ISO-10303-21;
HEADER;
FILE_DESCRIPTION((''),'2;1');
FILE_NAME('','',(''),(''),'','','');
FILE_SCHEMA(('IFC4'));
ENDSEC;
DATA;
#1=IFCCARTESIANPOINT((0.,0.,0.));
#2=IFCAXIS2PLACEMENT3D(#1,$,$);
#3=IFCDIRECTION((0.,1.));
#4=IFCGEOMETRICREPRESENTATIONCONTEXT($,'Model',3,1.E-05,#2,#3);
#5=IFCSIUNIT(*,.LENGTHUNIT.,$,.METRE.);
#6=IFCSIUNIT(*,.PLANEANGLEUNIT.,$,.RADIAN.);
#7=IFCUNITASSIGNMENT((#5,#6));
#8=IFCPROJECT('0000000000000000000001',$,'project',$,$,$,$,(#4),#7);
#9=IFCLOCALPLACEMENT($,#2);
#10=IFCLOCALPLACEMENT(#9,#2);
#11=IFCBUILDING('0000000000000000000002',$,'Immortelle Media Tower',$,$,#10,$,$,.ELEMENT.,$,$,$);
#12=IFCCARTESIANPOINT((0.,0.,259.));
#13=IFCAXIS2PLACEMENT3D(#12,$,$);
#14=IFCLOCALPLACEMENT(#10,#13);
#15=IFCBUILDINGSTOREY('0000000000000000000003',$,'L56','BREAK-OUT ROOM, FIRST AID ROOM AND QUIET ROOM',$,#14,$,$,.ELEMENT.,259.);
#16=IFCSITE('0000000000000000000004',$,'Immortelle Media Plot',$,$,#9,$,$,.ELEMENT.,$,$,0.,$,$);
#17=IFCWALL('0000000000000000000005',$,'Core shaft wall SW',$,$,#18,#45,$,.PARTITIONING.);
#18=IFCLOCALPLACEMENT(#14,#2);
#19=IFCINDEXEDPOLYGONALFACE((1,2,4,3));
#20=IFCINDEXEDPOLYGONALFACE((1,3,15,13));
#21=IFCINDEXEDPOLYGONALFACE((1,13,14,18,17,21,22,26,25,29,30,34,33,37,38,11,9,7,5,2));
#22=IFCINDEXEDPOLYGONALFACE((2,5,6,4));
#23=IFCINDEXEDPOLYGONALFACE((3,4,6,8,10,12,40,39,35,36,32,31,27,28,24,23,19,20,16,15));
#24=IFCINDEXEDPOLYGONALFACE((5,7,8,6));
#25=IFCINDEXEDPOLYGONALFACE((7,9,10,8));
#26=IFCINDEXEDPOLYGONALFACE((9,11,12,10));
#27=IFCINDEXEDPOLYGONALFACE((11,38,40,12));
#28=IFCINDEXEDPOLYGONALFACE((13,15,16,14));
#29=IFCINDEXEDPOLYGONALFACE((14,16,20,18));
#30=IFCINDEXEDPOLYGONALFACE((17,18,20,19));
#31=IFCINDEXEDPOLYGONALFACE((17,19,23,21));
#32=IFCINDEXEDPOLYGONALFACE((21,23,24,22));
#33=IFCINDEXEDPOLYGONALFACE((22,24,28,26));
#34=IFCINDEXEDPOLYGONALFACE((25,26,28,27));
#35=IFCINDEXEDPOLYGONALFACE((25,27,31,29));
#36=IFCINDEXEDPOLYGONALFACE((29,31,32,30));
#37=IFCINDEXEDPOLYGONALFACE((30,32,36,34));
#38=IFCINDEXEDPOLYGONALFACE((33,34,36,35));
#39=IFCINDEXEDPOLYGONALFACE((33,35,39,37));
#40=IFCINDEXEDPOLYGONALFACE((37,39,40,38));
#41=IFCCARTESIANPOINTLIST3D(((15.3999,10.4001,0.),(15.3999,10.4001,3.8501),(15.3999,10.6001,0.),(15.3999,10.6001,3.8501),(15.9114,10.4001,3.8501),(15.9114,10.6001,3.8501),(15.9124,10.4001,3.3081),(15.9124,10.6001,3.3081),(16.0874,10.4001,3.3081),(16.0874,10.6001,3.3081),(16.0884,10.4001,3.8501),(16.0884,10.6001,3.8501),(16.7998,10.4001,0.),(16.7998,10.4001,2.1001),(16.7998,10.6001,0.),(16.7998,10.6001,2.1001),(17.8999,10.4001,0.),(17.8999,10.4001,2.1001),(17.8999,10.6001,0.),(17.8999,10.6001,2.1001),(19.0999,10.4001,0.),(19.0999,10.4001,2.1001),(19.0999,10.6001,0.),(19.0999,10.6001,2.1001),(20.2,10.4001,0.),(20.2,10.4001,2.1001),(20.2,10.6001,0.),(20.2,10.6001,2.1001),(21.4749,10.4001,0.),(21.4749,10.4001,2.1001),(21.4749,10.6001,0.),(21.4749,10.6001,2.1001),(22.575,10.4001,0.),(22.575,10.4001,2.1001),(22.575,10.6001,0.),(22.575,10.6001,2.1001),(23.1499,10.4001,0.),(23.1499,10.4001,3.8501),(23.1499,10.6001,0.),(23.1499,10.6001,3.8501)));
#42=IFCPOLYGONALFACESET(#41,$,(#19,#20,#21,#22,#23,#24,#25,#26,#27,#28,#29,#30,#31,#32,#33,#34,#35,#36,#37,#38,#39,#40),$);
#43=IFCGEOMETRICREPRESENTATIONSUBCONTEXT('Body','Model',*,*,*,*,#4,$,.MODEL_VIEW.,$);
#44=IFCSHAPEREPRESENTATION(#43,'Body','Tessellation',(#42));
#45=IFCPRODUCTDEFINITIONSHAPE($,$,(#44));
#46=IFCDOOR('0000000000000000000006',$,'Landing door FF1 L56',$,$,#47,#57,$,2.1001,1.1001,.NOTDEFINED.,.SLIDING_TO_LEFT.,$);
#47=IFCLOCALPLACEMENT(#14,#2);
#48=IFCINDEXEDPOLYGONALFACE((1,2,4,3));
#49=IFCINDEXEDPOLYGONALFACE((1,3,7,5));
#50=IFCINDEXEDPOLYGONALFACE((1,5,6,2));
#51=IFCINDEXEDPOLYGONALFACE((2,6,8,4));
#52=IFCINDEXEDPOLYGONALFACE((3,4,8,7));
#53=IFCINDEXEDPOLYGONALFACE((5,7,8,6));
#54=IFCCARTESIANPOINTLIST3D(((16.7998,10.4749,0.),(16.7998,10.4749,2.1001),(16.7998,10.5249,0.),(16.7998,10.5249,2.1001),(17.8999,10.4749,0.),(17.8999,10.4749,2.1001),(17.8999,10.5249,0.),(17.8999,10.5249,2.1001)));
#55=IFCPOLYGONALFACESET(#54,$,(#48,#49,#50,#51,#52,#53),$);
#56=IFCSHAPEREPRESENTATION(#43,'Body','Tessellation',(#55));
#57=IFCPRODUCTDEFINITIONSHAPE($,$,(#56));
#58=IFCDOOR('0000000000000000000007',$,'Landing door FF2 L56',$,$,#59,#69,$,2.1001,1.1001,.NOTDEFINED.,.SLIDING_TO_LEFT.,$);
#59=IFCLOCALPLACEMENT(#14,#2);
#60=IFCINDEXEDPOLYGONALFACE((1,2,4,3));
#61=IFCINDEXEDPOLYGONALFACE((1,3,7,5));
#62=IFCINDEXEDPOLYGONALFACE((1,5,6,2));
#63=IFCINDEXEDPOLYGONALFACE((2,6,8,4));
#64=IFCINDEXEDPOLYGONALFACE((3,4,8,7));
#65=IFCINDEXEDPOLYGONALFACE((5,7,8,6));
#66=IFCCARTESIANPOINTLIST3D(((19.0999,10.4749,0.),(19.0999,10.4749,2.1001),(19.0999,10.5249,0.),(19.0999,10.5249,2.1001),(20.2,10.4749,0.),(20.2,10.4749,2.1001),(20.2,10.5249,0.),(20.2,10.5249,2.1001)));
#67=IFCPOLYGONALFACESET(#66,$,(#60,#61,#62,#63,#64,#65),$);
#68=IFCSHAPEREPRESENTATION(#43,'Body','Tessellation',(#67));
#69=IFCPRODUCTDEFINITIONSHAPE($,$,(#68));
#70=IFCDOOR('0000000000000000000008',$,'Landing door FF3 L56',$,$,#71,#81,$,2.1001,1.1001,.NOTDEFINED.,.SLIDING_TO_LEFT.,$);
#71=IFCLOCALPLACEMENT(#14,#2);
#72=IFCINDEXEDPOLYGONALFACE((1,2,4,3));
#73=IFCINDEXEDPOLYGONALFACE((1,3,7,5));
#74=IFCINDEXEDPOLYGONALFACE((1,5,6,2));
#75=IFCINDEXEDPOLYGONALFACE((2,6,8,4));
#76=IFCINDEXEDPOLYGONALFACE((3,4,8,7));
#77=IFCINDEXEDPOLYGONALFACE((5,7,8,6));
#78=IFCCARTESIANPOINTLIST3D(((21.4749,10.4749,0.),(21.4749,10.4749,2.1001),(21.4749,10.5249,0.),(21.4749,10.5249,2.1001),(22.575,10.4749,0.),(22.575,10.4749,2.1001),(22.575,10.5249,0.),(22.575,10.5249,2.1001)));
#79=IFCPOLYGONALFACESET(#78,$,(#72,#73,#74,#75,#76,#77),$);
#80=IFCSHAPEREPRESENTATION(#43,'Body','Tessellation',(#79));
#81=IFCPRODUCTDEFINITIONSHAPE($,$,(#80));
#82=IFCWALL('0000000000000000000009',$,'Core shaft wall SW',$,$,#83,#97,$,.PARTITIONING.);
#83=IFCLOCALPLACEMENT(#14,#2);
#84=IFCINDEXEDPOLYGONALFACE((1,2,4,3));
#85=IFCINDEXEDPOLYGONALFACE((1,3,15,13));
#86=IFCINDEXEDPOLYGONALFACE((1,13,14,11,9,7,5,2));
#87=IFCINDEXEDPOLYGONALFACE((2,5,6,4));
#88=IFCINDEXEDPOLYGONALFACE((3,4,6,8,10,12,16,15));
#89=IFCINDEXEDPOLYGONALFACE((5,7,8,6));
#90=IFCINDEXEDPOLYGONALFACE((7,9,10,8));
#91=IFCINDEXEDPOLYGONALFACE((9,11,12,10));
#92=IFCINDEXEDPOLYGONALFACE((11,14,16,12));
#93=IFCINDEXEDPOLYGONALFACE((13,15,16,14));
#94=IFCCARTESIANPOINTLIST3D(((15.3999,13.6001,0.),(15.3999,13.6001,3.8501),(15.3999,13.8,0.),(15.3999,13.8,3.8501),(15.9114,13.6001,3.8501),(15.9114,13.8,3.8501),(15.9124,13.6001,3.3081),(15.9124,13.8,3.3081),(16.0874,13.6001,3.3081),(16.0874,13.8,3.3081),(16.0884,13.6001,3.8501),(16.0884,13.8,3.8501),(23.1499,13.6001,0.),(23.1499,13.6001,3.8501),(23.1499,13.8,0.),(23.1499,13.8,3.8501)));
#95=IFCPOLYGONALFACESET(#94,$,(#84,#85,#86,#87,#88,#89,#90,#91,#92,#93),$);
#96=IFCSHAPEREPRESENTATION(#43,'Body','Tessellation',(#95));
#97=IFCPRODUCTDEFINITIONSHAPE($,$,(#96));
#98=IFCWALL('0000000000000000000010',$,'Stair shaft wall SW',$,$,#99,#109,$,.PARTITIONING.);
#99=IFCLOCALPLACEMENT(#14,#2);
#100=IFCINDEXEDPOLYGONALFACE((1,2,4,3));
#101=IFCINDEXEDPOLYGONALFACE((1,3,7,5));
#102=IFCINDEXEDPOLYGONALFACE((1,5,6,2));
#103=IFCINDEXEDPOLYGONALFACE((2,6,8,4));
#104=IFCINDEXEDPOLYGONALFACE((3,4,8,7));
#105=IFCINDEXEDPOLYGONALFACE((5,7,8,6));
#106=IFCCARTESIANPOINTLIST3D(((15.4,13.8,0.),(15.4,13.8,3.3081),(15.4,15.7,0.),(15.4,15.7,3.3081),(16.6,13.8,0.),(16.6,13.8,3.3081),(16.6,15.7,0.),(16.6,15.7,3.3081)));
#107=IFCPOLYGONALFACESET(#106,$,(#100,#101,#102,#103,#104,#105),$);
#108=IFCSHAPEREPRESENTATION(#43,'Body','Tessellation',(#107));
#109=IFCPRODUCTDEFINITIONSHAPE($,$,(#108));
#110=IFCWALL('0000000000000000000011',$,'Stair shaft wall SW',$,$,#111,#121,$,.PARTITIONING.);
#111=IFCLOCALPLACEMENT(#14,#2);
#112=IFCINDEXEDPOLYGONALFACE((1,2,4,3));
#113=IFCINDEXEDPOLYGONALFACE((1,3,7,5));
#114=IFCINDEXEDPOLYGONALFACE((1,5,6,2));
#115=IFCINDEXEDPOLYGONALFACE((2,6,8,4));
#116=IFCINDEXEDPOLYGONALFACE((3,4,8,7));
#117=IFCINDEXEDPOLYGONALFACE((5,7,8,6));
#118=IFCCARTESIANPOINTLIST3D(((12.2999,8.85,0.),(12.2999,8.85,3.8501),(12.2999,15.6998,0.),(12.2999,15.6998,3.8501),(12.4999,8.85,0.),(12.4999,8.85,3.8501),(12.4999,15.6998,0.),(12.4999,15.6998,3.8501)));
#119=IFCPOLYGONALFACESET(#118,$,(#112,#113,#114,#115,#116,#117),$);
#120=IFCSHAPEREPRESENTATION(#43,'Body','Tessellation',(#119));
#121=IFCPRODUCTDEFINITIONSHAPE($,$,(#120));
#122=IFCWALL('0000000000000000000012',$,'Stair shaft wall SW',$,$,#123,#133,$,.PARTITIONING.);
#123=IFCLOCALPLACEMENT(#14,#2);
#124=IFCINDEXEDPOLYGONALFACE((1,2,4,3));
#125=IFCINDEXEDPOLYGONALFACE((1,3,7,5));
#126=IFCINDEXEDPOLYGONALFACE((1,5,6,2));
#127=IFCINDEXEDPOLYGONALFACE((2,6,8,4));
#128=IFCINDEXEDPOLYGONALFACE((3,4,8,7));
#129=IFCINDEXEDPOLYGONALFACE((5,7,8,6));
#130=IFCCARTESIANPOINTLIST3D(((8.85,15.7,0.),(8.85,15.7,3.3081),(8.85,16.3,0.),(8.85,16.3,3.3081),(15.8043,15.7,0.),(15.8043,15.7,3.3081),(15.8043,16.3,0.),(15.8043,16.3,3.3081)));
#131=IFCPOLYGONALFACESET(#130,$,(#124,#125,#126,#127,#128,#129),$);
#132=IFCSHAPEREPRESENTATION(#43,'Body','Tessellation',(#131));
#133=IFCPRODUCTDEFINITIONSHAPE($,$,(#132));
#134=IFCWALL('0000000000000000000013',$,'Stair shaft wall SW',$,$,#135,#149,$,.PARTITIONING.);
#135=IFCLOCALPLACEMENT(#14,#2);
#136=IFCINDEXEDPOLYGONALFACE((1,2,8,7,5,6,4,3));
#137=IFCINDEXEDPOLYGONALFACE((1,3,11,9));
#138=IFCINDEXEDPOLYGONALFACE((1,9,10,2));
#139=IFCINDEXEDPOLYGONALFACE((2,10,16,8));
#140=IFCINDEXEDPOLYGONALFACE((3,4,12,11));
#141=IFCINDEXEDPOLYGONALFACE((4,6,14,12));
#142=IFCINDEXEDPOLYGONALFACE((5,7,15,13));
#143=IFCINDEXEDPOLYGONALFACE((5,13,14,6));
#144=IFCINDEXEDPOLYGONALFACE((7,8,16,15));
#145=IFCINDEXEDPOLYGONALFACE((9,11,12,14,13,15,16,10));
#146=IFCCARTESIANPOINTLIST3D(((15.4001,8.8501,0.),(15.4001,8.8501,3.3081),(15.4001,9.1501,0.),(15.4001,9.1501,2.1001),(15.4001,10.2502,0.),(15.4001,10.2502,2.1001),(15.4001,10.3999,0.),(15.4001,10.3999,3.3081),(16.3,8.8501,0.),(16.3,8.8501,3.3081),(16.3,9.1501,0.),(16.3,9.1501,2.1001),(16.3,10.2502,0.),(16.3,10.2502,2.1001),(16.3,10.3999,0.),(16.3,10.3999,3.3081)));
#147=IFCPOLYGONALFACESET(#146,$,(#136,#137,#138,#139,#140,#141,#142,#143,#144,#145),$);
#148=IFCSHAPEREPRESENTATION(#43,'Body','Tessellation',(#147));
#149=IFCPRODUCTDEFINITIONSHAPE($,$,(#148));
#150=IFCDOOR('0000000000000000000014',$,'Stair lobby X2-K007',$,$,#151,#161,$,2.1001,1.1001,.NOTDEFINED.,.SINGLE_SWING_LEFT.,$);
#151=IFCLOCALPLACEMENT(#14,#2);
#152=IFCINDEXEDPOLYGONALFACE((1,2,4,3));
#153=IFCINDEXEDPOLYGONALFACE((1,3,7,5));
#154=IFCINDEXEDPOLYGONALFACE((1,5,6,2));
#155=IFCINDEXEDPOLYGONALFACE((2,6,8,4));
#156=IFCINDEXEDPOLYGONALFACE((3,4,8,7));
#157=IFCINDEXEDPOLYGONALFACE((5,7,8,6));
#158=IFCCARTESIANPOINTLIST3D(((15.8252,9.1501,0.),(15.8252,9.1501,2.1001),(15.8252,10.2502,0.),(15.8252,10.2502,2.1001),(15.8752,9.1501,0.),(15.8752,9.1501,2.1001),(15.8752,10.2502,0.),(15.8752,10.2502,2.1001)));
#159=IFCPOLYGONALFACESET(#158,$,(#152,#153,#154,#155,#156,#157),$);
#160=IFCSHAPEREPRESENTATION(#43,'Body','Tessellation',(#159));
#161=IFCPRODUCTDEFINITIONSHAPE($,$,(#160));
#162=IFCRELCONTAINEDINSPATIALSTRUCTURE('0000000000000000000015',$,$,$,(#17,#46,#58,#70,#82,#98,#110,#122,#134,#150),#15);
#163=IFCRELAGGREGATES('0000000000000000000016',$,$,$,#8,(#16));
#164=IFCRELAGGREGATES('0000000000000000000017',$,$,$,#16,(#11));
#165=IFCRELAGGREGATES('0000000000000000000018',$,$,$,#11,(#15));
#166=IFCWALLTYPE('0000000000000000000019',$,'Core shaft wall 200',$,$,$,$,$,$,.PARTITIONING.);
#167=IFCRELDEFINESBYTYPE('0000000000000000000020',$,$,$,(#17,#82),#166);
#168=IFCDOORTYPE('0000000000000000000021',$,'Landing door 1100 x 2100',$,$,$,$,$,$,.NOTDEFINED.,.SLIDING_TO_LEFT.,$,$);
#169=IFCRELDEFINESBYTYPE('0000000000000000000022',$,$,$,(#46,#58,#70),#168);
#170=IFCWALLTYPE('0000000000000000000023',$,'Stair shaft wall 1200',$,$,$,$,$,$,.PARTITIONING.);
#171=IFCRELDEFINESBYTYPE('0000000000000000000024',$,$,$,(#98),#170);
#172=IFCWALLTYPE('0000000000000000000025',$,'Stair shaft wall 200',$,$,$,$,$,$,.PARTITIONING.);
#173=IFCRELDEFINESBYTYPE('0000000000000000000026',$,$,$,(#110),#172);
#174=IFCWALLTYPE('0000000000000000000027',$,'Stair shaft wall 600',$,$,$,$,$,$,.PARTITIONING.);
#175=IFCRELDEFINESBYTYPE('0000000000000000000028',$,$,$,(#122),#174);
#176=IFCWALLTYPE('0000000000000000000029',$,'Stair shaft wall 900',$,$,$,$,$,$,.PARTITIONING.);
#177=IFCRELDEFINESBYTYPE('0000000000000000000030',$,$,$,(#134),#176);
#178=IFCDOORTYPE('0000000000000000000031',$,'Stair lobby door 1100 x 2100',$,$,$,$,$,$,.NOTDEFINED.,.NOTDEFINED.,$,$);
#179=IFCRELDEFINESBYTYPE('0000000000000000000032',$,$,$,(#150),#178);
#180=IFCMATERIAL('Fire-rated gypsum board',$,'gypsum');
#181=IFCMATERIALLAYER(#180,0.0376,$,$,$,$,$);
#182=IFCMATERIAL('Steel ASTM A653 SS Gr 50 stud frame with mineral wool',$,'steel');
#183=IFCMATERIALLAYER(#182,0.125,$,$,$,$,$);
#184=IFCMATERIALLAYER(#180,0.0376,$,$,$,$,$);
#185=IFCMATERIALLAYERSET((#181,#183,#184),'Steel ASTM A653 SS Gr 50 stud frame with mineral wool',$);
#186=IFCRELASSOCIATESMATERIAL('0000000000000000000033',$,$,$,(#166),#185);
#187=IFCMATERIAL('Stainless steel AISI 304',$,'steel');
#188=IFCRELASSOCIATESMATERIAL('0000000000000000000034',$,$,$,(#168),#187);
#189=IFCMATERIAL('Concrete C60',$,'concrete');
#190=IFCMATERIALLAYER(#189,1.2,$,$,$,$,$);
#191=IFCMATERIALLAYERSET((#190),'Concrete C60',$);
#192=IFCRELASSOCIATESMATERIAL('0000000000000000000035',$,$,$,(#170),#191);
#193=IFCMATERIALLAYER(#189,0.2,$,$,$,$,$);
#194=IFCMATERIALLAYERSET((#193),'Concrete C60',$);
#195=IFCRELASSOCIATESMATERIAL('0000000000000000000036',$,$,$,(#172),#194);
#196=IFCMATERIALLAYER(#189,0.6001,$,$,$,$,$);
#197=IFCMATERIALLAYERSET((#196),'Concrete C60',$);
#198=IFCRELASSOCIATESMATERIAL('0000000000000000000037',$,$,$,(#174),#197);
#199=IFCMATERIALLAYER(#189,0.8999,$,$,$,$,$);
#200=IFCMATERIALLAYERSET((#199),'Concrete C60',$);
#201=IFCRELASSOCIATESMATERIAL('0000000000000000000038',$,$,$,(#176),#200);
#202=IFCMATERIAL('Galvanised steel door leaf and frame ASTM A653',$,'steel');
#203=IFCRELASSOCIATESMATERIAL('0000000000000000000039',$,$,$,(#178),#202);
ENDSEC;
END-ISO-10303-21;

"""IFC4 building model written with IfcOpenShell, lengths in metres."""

from ifc_helpers import new_model, si_unit, direction, frame, frame_2d, origin, place, context, subcontext, project, spatial, polyline, rectangle, outline, extrude, material, layer, layer_set, type_object, element, fill, save


model = new_model("IFC4")

# Units and contexts
model_context = context("Model", 3, precision=1e-05, world=origin(), true_north=direction((0.0, 1.0)))
body_context = subcontext(model_context, "Body", "Model", "MODEL_VIEW")
ifc_project = project(units=[si_unit("LENGTHUNIT", "METRE"), si_unit("PLANEANGLEUNIT", "RADIAN")], contexts=[model_context])

# Site, building, storey
site_placement = place(None, origin())
site = spatial("IfcSite", under=ifc_project, at=site_placement, Name="Immortelle Media Plot", CompositionType="ELEMENT", RefElevation=0.0)
building_placement = place(site_placement, origin())
building = spatial("IfcBuilding", under=site, at=building_placement, Name="Immortelle Media Tower", CompositionType="ELEMENT")
storey_placement = place(building_placement, frame((0.0, 0.0, 259.0)))
storey = spatial("IfcBuildingStorey", under=building, at=storey_placement, Name="L56", Description="BREAK-OUT ROOM, FIRST AID ROOM AND QUIET ROOM", CompositionType="ELEMENT", Elevation=259.0)

# Wall, openings, doors
ifc_material_1 = material(Name="Fire-rated gypsum board", Category="gypsum")
ifc_layer_1 = layer(ifc_material_1, 0.0376)
ifc_material_2 = material(Name="Steel ASTM A653 SS Gr 50 stud frame with mineral wool", Category="steel")
ifc_layer_2 = layer(ifc_material_2, 0.125)
ifc_layer_3 = layer(ifc_material_1, 0.0376)
ifc_layer_set_1 = layer_set([ifc_layer_1, ifc_layer_2, ifc_layer_3], Name="Steel ASTM A653 SS Gr 50 stud frame with mineral wool")
wall_type_1 = type_object("IfcWallType", Name="Core shaft wall 200", PredefinedType="PARTITIONING", material=ifc_layer_set_1)
wall_1_placement = place(storey_placement, frame((15.3999, 10.5, 0.0), z_axis=(0.0, 0.0, 1.0), x_axis=(1.0, 0.0, 0.0)))
wall_1 = element("IfcWall", 1, at=wall_1_placement, inside=storey, type_object=wall_type_1, Name="Core shaft wall SW", PredefinedType="PARTITIONING", context=body_context, shape_type="SweptSolid", body=[
    extrude(outline(polyline([(0.0, 0.0), (7.75, 0.0), (7.75, 3.8501), (0.6885, 3.8501), (0.6875, 3.3081), (0.5125, 3.3081), (0.5115, 3.8501), (0.0, 3.8501), (0.0, 0.0)])), frame((0.0, 0.1001, 0.0), z_axis=(0.0, -1.0, 0.0), x_axis=(1.0, 0.0, 0.0)), (0.0, 0.0, 1.0), 0.2),
])
opening_1_placement = place(wall_1_placement, frame((1.3999, 0.0, 0.0)))
opening_1 = element("IfcOpeningElement", 2, at=opening_1_placement, cuts=wall_1, PredefinedType="OPENING", context=body_context, shape_type="SweptSolid", body=[
    extrude(rectangle(XDim=1.1001, YDim=2.1001, at=frame_2d((0.55, 1.05))), frame((0.0, 0.1099, 0.0), z_axis=(0.0, -1.0, 0.0), x_axis=(1.0, 0.0, 0.0)), (0.0, 0.0, 1.0), 0.22),
])
opening_2_placement = place(wall_1_placement, frame((3.7, 0.0, 0.0)))
opening_2 = element("IfcOpeningElement", 3, at=opening_2_placement, cuts=wall_1, PredefinedType="OPENING", context=body_context, shape_type="SweptSolid", body=[
    extrude(rectangle(XDim=1.1001, YDim=2.1001, at=frame_2d((0.55, 1.05))), frame((0.0, 0.1099, 0.0), z_axis=(0.0, -1.0, 0.0), x_axis=(1.0, 0.0, 0.0)), (0.0, 0.0, 1.0), 0.22),
])
opening_3_placement = place(wall_1_placement, frame((6.075, 0.0, 0.0)))
opening_3 = element("IfcOpeningElement", 4, at=opening_3_placement, cuts=wall_1, PredefinedType="OPENING", context=body_context, shape_type="SweptSolid", body=[
    extrude(rectangle(XDim=1.1001, YDim=2.1001, at=frame_2d((0.55, 1.05))), frame((0.0, 0.1099, 0.0), z_axis=(0.0, -1.0, 0.0), x_axis=(1.0, 0.0, 0.0)), (0.0, 0.0, 1.0), 0.22),
])
ifc_material_3 = material(Name="Stainless steel AISI 304", Category="steel")
door_type_1 = type_object("IfcDoorType", Name="Landing door 1100 x 2100", OperationType="SLIDING_TO_LEFT", PredefinedType="NOTDEFINED", material=ifc_material_3)
door_1_placement = place(opening_1_placement, origin())
door_1 = element("IfcDoor", 5, at=door_1_placement, inside=storey, type_object=door_type_1, Name="Landing door FF1 L56", OperationType="SLIDING_TO_LEFT", OverallHeight=2.1001, OverallWidth=1.1001, PredefinedType="NOTDEFINED", context=body_context, shape_type="SweptSolid", body=[
    extrude(rectangle(XDim=1.1001, YDim=2.1001, at=frame_2d((0.55, 1.05))), frame((0.0, 0.0249, 0.0), z_axis=(0.0, -1.0, 0.0), x_axis=(1.0, 0.0, 0.0)), (0.0, 0.0, 1.0), 0.05),
])
fill(opening_1, door_1)
door_2_placement = place(opening_2_placement, origin())
door_2 = element("IfcDoor", 6, at=door_2_placement, inside=storey, type_object=door_type_1, Name="Landing door FF2 L56", OperationType="SLIDING_TO_LEFT", OverallHeight=2.1001, OverallWidth=1.1001, PredefinedType="NOTDEFINED", context=body_context, shape_type="SweptSolid", body=[
    extrude(rectangle(XDim=1.1001, YDim=2.1001, at=frame_2d((0.55, 1.05))), frame((0.0, 0.0249, 0.0), z_axis=(0.0, -1.0, 0.0), x_axis=(1.0, 0.0, 0.0)), (0.0, 0.0, 1.0), 0.05),
])
fill(opening_2, door_2)
door_3_placement = place(opening_3_placement, origin())
door_3 = element("IfcDoor", 7, at=door_3_placement, inside=storey, type_object=door_type_1, Name="Landing door FF3 L56", OperationType="SLIDING_TO_LEFT", OverallHeight=2.1001, OverallWidth=1.1001, PredefinedType="NOTDEFINED", context=body_context, shape_type="SweptSolid", body=[
    extrude(rectangle(XDim=1.1001, YDim=2.1001, at=frame_2d((0.55, 1.05))), frame((0.0, 0.0249, 0.0), z_axis=(0.0, -1.0, 0.0), x_axis=(1.0, 0.0, 0.0)), (0.0, 0.0, 1.0), 0.05),
])
fill(opening_3, door_3)

# Walls
wall_2_placement = place(storey_placement, frame((15.3999, 13.7, 0.0), z_axis=(0.0, 0.0, 1.0), x_axis=(1.0, 0.0, 0.0)))
element("IfcWall", 8, at=wall_2_placement, inside=storey, type_object=wall_type_1, Name="Core shaft wall SW", PredefinedType="PARTITIONING", context=body_context, shape_type="SweptSolid", body=[
    extrude(outline(polyline([(0.0, 0.0), (7.75, 0.0), (7.75, 3.8501), (0.6885, 3.8501), (0.6875, 3.3081), (0.5125, 3.3081), (0.5115, 3.8501), (0.0, 3.8501), (0.0, 0.0)])), frame((0.0, 0.1001, 0.0), z_axis=(0.0, -1.0, 0.0), x_axis=(1.0, 0.0, 0.0)), (0.0, 0.0, 1.0), 0.2),
])
ifc_material_4 = material(Name="Concrete C60", Category="concrete")
ifc_layer_4 = layer(ifc_material_4, 1.2)
ifc_layer_set_2 = layer_set([ifc_layer_4], Name="Concrete C60")
wall_type_2 = type_object("IfcWallType", Name="Stair shaft wall 1200", PredefinedType="PARTITIONING", material=ifc_layer_set_2)
wall_3_placement = place(storey_placement, frame((16.0, 13.8, 0.0), z_axis=(0.0, 0.0, 1.0), x_axis=(0.0, 1.0, 0.0)))
element("IfcWall", 9, at=wall_3_placement, inside=storey, type_object=wall_type_2, Name="Stair shaft wall SW", PredefinedType="PARTITIONING", context=body_context, shape_type="SweptSolid", body=[
    extrude(rectangle(XDim=1.8999, YDim=1.2, at=frame_2d((0.95, 0.0))), origin(), (0.0, 0.0, 1.0), 3.3081),
])
ifc_layer_5 = layer(ifc_material_4, 0.2)
ifc_layer_set_3 = layer_set([ifc_layer_5], Name="Concrete C60")
wall_type_3 = type_object("IfcWallType", Name="Stair shaft wall 200", PredefinedType="PARTITIONING", material=ifc_layer_set_3)
wall_4_placement = place(storey_placement, frame((12.3999, 8.8501, 0.0), z_axis=(0.0, 0.0, 1.0), x_axis=(0.0, 1.0, 0.0)))
element("IfcWall", 10, at=wall_4_placement, inside=storey, type_object=wall_type_3, Name="Stair shaft wall SW", PredefinedType="PARTITIONING", context=body_context, shape_type="SweptSolid", body=[
    extrude(rectangle(XDim=6.8499, YDim=0.2, at=frame_2d((3.4248, 0.0))), origin(), (0.0, 0.0, 1.0), 3.8501),
])
ifc_layer_6 = layer(ifc_material_4, 0.6001)
ifc_layer_set_4 = layer_set([ifc_layer_6], Name="Concrete C60")
wall_type_4 = type_object("IfcWallType", Name="Stair shaft wall 600", PredefinedType="PARTITIONING", material=ifc_layer_set_4)
wall_5_placement = place(storey_placement, frame((8.8501, 16.0, 0.0), z_axis=(0.0, 0.0, 1.0), x_axis=(1.0, 0.0, 0.0)))
element("IfcWall", 11, at=wall_5_placement, inside=storey, type_object=wall_type_4, Name="Stair shaft wall SW", PredefinedType="PARTITIONING", context=body_context, shape_type="SweptSolid", body=[
    extrude(rectangle(XDim=6.9543, YDim=0.6001, at=frame_2d((3.4771, 0.0))), origin(), (0.0, 0.0, 1.0), 3.3081),
])

# Wall, opening, door
ifc_layer_7 = layer(ifc_material_4, 0.8999)
ifc_layer_set_5 = layer_set([ifc_layer_7], Name="Concrete C60")
wall_type_5 = type_object("IfcWallType", Name="Stair shaft wall 900", PredefinedType="PARTITIONING", material=ifc_layer_set_5)
wall_6_placement = place(storey_placement, frame((15.8501, 8.8501, 0.0), z_axis=(0.0, 0.0, 1.0), x_axis=(0.0, 1.0, 0.0)))
wall_6 = element("IfcWall", 12, at=wall_6_placement, inside=storey, type_object=wall_type_5, Name="Stair shaft wall SW", PredefinedType="PARTITIONING", context=body_context, shape_type="SweptSolid", body=[
    extrude(rectangle(XDim=1.5498, YDim=0.8999, at=frame_2d((0.7749, 0.0))), origin(), (0.0, 0.0, 1.0), 3.3081),
])
opening_4_placement = place(wall_6_placement, frame((0.3, 0.0, 0.0)))
opening_4 = element("IfcOpeningElement", 13, at=opening_4_placement, cuts=wall_6, PredefinedType="OPENING", context=body_context, shape_type="SweptSolid", body=[
    extrude(rectangle(XDim=1.1001, YDim=2.1001, at=frame_2d((0.55, 1.05))), frame((0.0, 0.46, 0.0), z_axis=(0.0, -1.0, 0.0), x_axis=(1.0, 0.0, 0.0)), (0.0, 0.0, 1.0), 0.9199),
])
ifc_material_5 = material(Name="Galvanised steel door leaf and frame ASTM A653", Category="steel")
door_type_2 = type_object("IfcDoorType", Name="Stair lobby door 1100 x 2100", OperationType="NOTDEFINED", PredefinedType="NOTDEFINED", material=ifc_material_5)
door_4_placement = place(opening_4_placement, origin())
door_4 = element("IfcDoor", 14, at=door_4_placement, inside=storey, type_object=door_type_2, Name="Stair lobby X2-K007", OperationType="SINGLE_SWING_LEFT", OverallHeight=2.1001, OverallWidth=1.1001, PredefinedType="NOTDEFINED", context=body_context, shape_type="SweptSolid", body=[
    extrude(rectangle(XDim=1.1001, YDim=2.1001, at=frame_2d((0.55, 1.05))), frame((0.0, 0.0249, 0.0), z_axis=(0.0, -1.0, 0.0), x_axis=(1.0, 0.0, 0.0)), (0.0, 0.0, 1.0), 0.05),
])
fill(opening_4, door_4)

save(model, "model.ifc")
